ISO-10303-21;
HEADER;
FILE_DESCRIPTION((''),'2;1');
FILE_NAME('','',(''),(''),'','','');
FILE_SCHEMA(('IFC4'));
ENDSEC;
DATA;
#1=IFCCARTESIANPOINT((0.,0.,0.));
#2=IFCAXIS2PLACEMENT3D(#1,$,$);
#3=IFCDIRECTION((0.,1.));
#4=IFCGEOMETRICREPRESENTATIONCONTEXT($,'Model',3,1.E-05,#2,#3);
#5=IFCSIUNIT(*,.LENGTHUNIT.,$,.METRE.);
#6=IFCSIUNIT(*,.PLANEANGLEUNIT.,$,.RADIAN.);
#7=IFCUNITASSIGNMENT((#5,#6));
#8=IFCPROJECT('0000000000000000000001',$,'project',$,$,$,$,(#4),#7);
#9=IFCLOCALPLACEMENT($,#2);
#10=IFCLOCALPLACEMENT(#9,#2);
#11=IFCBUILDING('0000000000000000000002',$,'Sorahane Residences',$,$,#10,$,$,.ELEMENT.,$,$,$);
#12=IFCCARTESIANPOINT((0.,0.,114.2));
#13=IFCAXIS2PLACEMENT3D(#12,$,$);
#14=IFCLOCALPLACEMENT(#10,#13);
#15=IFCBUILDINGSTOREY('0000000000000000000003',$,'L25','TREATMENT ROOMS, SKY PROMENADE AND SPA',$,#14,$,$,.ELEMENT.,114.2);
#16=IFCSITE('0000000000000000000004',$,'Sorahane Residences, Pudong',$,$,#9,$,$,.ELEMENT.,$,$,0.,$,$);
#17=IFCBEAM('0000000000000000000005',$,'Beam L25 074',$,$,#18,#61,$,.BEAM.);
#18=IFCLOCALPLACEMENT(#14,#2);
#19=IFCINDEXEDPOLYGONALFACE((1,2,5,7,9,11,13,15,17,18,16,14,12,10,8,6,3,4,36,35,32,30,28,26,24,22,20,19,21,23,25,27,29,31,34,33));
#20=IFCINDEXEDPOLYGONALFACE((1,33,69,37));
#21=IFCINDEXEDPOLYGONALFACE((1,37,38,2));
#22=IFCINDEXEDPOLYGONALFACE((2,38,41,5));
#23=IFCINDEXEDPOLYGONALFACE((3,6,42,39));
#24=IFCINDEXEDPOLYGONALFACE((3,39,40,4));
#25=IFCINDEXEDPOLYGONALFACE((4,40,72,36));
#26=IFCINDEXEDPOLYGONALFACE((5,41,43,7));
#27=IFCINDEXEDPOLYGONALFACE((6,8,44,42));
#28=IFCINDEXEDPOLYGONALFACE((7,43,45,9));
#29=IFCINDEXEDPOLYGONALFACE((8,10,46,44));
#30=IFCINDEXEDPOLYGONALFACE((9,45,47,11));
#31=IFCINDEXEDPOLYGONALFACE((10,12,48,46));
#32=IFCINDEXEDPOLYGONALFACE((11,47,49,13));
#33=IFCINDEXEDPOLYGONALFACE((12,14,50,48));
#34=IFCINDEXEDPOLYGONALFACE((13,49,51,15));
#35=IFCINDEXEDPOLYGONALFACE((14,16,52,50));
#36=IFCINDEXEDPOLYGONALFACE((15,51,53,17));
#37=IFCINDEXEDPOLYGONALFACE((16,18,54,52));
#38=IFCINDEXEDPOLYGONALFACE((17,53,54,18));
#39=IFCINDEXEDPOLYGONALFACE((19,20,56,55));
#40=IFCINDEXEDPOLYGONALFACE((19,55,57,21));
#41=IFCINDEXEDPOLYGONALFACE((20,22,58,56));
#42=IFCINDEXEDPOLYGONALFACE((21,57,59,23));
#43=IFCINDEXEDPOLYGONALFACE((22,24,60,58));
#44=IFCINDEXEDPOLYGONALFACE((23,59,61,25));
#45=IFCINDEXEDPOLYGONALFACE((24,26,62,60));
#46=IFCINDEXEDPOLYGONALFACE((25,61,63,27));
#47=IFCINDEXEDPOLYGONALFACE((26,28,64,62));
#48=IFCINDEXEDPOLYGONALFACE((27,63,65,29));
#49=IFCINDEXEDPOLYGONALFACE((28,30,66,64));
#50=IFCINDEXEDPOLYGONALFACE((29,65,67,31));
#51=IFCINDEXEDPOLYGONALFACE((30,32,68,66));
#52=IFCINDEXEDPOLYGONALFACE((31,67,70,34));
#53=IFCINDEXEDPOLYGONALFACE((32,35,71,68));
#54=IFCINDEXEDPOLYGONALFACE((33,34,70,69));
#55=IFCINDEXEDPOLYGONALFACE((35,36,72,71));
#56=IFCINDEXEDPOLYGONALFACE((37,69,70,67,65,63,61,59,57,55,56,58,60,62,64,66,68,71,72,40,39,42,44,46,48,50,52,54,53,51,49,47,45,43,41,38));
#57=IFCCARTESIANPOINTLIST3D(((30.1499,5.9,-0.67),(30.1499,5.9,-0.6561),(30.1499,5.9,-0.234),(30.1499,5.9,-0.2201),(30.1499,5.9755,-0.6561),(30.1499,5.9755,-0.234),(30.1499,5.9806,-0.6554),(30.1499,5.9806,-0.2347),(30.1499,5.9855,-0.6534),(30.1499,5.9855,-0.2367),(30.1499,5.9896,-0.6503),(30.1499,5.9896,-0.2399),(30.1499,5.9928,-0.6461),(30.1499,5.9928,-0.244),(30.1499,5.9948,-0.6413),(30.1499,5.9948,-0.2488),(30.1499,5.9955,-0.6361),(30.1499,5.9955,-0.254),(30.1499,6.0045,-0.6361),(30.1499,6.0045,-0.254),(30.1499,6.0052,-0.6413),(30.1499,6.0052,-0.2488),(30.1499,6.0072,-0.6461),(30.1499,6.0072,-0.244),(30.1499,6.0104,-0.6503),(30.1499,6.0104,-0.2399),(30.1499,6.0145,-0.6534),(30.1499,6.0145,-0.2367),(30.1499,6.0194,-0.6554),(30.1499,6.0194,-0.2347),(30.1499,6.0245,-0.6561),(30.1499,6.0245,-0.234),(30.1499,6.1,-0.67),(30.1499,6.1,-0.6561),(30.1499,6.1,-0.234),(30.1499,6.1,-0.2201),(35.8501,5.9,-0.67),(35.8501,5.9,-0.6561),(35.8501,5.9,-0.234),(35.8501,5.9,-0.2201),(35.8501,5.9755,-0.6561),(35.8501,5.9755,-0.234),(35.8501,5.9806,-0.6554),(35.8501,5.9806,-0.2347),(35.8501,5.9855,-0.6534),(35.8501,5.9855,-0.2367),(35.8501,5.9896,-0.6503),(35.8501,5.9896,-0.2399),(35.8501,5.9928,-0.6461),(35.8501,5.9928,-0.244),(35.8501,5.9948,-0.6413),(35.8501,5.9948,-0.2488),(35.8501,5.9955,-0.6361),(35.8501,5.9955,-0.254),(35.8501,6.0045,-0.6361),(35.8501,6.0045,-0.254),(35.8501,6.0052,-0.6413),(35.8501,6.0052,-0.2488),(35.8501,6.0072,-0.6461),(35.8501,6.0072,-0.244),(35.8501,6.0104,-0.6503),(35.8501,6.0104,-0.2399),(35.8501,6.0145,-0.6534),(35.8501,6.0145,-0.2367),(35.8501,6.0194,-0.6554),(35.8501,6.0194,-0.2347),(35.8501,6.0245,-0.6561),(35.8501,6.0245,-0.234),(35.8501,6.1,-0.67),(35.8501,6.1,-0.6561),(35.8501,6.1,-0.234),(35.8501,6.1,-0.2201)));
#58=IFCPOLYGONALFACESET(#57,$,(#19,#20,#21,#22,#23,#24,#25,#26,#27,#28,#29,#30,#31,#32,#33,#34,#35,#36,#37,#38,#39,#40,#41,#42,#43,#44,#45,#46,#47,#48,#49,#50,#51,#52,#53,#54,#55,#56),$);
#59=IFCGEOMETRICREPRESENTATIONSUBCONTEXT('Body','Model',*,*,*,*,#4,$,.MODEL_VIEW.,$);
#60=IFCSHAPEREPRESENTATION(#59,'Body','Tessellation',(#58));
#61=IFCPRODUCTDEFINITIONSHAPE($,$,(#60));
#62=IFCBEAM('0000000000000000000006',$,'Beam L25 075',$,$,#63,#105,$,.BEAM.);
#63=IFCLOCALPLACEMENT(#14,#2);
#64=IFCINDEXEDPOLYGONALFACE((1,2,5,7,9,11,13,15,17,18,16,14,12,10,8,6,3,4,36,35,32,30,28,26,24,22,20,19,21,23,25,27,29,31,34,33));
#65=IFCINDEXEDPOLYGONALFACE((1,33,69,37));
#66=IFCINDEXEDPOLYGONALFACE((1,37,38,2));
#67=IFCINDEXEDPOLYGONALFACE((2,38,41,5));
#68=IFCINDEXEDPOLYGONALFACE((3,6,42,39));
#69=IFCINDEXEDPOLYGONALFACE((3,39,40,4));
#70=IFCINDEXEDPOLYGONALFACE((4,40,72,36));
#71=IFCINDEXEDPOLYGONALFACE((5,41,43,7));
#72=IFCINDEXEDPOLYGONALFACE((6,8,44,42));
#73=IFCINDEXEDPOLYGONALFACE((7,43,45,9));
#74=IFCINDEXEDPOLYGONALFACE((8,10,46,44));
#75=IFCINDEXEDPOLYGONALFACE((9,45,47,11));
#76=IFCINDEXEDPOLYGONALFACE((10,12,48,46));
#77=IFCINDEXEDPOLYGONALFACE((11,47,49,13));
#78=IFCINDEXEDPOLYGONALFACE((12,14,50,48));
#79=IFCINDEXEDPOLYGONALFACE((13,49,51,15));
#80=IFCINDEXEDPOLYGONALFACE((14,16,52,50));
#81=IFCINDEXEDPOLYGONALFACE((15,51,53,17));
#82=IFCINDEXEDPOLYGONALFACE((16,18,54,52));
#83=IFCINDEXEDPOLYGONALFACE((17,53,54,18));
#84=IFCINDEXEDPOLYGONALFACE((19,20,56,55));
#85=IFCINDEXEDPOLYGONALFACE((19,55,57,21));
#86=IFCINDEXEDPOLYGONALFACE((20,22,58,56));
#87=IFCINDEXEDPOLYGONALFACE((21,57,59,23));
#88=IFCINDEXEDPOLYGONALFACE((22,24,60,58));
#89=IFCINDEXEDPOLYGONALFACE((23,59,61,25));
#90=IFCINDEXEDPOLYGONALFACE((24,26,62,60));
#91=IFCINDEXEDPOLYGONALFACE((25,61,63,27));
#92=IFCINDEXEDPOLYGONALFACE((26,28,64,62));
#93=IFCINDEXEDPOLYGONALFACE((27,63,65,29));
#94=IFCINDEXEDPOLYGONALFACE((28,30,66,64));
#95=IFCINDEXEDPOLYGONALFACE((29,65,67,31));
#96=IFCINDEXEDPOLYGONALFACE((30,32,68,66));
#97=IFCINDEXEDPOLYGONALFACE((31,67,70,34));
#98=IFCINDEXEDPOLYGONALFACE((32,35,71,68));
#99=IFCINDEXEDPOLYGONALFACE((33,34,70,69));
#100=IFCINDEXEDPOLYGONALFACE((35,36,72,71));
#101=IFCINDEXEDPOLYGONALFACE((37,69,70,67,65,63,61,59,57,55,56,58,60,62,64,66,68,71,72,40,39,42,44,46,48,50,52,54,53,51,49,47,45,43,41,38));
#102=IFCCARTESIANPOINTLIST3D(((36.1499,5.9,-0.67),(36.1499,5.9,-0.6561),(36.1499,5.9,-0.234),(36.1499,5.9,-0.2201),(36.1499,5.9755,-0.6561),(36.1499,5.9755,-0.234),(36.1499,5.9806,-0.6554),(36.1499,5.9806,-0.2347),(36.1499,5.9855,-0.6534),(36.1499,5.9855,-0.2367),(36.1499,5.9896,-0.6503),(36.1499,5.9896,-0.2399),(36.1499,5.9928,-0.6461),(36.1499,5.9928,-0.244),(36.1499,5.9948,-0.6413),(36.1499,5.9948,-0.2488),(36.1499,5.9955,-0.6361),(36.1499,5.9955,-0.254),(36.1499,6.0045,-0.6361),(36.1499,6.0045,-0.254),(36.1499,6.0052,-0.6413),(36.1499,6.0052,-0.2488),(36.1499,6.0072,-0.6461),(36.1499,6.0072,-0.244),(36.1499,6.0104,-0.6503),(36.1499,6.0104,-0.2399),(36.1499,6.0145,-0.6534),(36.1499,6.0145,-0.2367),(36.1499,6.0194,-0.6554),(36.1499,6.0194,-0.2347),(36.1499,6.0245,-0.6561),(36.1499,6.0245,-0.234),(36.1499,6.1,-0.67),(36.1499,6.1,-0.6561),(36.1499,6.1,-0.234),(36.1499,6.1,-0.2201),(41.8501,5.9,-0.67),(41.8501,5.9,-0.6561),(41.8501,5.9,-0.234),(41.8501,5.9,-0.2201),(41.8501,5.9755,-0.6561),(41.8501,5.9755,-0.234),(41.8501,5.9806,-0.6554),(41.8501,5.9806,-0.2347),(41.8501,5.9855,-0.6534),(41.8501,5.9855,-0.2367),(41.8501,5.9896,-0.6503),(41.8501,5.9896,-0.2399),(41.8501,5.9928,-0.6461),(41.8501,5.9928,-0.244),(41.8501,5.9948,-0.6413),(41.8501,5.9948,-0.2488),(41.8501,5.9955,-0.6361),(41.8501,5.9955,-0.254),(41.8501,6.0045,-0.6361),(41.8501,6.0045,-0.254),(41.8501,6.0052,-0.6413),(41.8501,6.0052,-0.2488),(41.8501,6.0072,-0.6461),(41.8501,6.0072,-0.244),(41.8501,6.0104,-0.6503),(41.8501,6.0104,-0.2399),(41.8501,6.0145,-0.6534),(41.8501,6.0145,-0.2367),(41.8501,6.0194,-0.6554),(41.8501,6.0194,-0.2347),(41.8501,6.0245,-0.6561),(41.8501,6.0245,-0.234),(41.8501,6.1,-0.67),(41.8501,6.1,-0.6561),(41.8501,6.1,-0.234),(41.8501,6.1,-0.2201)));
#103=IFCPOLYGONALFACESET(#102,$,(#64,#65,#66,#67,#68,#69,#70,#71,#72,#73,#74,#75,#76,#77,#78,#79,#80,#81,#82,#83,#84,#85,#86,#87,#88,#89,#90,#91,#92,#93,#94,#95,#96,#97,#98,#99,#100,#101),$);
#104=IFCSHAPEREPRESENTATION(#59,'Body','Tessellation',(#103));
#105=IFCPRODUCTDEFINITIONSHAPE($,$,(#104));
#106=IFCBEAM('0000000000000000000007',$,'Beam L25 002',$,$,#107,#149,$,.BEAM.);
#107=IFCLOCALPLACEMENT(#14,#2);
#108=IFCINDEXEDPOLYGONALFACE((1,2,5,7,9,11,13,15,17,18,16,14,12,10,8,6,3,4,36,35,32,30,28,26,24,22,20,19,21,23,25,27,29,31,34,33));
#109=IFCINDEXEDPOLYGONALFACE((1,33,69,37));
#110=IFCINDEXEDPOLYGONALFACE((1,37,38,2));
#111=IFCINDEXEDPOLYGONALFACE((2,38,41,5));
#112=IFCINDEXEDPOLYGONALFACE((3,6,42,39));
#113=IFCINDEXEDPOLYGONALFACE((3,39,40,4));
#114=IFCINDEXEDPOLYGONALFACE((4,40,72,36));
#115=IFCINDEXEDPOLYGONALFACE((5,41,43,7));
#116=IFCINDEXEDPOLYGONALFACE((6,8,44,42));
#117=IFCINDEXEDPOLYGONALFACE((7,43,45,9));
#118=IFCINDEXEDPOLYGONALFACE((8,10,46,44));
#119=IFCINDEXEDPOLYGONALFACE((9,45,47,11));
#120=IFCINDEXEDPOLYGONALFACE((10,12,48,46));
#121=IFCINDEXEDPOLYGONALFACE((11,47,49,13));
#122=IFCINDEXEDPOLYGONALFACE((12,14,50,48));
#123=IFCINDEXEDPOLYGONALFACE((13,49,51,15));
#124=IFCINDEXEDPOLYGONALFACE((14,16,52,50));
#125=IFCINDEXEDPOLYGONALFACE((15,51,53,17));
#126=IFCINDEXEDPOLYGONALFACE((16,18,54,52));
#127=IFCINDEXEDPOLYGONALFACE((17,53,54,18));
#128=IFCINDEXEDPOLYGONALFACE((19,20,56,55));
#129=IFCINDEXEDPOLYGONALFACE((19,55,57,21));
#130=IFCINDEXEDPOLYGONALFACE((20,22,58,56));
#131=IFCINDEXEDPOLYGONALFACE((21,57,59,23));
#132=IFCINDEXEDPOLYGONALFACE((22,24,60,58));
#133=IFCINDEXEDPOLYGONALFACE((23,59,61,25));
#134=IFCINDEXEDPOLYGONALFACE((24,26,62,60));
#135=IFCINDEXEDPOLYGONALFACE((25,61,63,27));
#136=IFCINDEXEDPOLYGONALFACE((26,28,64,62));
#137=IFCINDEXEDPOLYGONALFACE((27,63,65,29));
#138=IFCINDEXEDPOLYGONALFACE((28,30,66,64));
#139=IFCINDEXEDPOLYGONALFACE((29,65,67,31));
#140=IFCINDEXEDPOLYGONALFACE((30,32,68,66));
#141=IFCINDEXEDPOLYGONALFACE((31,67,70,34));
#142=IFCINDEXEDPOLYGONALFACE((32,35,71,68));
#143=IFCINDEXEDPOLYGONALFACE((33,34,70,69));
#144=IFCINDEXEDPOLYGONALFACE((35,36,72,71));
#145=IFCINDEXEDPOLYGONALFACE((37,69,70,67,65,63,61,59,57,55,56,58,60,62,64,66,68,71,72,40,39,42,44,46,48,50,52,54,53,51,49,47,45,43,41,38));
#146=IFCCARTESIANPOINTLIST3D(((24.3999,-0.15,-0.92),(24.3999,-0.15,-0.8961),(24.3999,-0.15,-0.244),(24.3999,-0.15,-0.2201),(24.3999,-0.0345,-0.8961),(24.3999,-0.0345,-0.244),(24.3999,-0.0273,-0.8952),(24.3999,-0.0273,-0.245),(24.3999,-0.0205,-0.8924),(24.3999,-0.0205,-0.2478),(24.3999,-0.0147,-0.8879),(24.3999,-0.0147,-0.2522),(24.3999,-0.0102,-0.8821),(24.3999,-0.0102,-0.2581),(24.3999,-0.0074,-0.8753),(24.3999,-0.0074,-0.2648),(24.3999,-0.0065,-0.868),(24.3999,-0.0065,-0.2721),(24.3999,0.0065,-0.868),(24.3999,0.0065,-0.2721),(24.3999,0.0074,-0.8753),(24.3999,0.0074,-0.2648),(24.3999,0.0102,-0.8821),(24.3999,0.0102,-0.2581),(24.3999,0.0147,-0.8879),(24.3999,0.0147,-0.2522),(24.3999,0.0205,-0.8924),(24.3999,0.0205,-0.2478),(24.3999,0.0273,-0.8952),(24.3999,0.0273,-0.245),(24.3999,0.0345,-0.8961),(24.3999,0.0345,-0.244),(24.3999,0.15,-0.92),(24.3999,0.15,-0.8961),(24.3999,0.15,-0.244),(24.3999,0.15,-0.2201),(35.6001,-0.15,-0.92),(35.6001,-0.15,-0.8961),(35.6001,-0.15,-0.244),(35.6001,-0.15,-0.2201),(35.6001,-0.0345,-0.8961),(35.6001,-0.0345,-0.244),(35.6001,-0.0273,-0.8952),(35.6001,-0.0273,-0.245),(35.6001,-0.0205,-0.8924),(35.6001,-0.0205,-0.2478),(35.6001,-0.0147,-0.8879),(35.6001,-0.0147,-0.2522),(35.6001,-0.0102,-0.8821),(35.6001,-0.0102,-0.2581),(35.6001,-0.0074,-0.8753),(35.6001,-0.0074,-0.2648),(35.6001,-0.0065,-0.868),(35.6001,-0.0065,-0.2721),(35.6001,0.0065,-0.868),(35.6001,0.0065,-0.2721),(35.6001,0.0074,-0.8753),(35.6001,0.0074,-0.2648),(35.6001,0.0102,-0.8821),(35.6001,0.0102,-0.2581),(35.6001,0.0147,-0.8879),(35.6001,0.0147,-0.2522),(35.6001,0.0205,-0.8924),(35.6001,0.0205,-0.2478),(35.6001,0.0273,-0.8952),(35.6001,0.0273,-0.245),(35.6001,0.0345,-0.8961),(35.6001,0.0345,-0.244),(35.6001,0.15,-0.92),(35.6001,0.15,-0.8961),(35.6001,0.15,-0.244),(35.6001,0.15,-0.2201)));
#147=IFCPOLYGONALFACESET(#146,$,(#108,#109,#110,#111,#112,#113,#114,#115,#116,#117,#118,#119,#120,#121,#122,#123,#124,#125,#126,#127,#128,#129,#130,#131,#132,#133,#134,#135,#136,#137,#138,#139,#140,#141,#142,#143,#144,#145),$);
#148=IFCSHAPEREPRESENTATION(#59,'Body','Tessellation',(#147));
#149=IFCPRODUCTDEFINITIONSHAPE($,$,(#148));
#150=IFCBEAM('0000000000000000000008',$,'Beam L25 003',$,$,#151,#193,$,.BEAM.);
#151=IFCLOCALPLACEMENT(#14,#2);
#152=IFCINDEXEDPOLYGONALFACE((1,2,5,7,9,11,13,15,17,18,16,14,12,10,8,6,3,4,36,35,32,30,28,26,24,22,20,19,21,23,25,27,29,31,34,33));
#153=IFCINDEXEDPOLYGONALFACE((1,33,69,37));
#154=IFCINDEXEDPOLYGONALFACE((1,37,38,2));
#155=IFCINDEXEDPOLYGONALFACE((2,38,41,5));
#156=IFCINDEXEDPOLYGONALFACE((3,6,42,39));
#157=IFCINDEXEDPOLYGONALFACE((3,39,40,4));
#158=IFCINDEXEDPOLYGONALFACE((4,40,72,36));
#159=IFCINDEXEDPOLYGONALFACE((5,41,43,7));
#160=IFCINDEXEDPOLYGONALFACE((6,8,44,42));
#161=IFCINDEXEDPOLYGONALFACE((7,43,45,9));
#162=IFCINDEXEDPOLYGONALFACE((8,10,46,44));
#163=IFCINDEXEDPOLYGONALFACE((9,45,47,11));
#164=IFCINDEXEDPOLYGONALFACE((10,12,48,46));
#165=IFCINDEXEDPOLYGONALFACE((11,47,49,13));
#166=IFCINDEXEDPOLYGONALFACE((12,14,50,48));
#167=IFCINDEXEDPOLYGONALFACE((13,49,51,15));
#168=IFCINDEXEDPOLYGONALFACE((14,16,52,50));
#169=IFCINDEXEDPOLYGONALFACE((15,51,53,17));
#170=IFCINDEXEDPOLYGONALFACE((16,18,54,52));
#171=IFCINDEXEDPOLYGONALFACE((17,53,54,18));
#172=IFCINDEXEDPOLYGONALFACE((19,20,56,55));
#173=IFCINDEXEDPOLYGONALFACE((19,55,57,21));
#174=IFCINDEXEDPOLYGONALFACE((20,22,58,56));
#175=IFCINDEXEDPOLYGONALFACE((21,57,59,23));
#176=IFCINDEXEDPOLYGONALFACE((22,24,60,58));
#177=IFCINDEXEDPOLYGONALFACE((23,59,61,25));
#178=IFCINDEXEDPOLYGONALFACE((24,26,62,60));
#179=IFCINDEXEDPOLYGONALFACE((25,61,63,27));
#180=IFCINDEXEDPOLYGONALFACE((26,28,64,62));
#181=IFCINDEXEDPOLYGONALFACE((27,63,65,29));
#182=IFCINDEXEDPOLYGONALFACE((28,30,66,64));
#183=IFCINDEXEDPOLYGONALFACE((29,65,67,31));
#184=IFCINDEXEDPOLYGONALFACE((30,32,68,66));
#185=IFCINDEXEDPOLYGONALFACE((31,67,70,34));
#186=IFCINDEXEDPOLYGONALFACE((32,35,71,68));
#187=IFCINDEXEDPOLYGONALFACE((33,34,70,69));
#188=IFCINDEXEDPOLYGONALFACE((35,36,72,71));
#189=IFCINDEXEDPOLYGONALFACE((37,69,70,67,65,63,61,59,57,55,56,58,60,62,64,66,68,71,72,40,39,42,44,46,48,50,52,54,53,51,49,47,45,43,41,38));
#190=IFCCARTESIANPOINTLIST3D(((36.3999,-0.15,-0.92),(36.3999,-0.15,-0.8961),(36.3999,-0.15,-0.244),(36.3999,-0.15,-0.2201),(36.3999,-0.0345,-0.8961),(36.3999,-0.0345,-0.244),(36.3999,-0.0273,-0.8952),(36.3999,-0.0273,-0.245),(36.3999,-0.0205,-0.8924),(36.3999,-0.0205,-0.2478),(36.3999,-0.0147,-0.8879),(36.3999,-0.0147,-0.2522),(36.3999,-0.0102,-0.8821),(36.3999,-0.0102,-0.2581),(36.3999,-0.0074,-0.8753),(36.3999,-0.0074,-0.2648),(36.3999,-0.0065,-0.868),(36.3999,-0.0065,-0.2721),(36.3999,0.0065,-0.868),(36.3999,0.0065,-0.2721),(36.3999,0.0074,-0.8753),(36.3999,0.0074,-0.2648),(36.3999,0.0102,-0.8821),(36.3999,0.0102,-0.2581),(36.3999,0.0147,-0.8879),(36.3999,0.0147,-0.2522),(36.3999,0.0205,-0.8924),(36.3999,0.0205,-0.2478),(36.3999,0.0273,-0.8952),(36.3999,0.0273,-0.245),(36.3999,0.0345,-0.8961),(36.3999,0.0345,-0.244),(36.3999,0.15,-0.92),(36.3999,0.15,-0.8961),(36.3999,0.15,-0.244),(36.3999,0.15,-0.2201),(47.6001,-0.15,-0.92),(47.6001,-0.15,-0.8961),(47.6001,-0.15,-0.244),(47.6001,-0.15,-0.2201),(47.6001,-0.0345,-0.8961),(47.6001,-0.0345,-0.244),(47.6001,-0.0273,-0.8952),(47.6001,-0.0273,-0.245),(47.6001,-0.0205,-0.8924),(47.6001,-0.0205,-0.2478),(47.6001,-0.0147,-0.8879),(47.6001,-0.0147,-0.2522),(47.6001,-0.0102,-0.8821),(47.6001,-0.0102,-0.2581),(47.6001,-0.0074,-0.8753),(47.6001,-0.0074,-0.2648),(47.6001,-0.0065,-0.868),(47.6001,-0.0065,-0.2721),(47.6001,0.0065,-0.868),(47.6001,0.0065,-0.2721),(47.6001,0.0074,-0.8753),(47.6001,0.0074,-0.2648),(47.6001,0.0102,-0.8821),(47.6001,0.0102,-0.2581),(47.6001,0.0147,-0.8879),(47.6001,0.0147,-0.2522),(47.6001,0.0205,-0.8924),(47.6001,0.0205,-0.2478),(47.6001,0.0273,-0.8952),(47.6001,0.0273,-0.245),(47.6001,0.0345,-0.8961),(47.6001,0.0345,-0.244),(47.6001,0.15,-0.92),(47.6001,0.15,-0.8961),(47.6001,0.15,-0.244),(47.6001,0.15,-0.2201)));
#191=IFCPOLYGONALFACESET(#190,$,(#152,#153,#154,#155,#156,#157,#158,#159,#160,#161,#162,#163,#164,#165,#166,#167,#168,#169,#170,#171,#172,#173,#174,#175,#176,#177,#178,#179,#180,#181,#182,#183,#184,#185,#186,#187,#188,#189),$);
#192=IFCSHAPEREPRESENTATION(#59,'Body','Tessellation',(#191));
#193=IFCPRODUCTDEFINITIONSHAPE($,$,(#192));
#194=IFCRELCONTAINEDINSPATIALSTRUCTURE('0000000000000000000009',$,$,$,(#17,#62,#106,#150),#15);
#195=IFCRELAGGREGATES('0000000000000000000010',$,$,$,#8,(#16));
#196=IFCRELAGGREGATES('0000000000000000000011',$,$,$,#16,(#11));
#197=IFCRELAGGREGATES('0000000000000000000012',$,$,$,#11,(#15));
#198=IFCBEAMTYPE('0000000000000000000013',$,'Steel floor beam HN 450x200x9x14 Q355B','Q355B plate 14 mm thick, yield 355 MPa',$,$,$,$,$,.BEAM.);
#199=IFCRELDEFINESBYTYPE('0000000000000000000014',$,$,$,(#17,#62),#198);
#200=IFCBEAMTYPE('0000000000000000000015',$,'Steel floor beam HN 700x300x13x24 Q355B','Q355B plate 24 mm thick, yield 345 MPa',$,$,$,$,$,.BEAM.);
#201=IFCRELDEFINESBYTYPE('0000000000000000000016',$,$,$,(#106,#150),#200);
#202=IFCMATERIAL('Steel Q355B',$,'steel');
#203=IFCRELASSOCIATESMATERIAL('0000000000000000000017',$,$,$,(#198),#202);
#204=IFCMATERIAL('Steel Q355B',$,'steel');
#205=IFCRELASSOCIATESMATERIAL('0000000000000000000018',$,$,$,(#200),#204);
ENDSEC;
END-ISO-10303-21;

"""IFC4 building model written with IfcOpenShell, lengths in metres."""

from ifc_helpers import new_model, si_unit, direction, frame, origin, origin_2d, place, context, subcontext, project, spatial, i_section, extrude, material, material_profile, profile_set, type_object, element, save


model = new_model("IFC4")

# Units and contexts
model_context = context("Model", 3, precision=1e-05, world=origin(), true_north=direction((0.0, 1.0)))
body_context = subcontext(model_context, "Body", "Model", "MODEL_VIEW")
ifc_project = project(units=[si_unit("LENGTHUNIT", "METRE"), si_unit("PLANEANGLEUNIT", "RADIAN")], contexts=[model_context])

# Site, building, storey
site_placement = place(None, origin())
site = spatial("IfcSite", under=ifc_project, at=site_placement, Name="Sorahane Residences, Pudong", CompositionType="ELEMENT", RefElevation=0.0)
building_placement = place(site_placement, origin())
building = spatial("IfcBuilding", under=site, at=building_placement, Name="Sorahane Residences", CompositionType="ELEMENT")
storey_placement = place(building_placement, frame((0.0, 0.0, 114.2)))
storey = spatial("IfcBuildingStorey", under=building, at=storey_placement, Name="L25", Description="TREATMENT ROOMS, SKY PROMENADE AND SPA", CompositionType="ELEMENT", Elevation=114.2)

# Beams
ifc_material_1 = material(Name="Steel Q355B", Category="steel")
ifc_material_profile_1 = material_profile(ifc_material_1, i_section(OverallWidth=0.2, OverallDepth=0.45, WebThickness=0.009, FlangeThickness=0.0139, FilletRadius=0.02, at=origin_2d()), Name="HN 450x200x9x14")
ifc_profile_set_1 = profile_set([ifc_material_profile_1], Name="Steel Q355B")
beam_type_1 = type_object("IfcBeamType", Name="Steel floor beam HN 450x200x9x14 Q355B", Description="Q355B plate 14 mm thick, yield 355 MPa", PredefinedType="BEAM", material=ifc_profile_set_1)
for number, where, z_axis, x_axis, name in (
    (1, (30.1499, 6.0, -0.4451), (1.0, 0.0, 0.0), (0.0, 1.0, 0.0), "Beam L25 074"),
    (2, (36.1499, 6.0, -0.4451), (1.0, 0.0, 0.0), (0.0, 1.0, 0.0), "Beam L25 075"),
):
    element("IfcBeam", number, at=place(storey_placement, frame(where, z_axis=z_axis, x_axis=x_axis)), inside=storey, type_object=beam_type_1, Name=name, PredefinedType="BEAM", context=body_context, shape_type="SweptSolid", body=[
        extrude(i_section(OverallWidth=0.2, OverallDepth=0.45, WebThickness=0.009, FlangeThickness=0.0139, FilletRadius=0.02, at=origin_2d()), origin(), (0.0, 0.0, 1.0), 5.7002),
    ])
ifc_material_2 = material(Name="Steel Q355B", Category="steel")
ifc_material_profile_2 = material_profile(ifc_material_2, i_section(OverallWidth=0.3, OverallDepth=0.7, WebThickness=0.0129, FlangeThickness=0.0239, FilletRadius=0.0281, at=origin_2d()), Name="HN 700x300x13x24")
ifc_profile_set_2 = profile_set([ifc_material_profile_2], Name="Steel Q355B")
beam_type_2 = type_object("IfcBeamType", Name="Steel floor beam HN 700x300x13x24 Q355B", Description="Q355B plate 24 mm thick, yield 345 MPa", PredefinedType="BEAM", material=ifc_profile_set_2)
for number, where, z_axis, x_axis, name in (
    (3, (24.3999, 0.0, -0.5701), (1.0, 0.0, 0.0), (0.0, 1.0, 0.0), "Beam L25 002"),
    (4, (36.3999, 0.0, -0.5701), (1.0, 0.0, 0.0), (0.0, 1.0, 0.0), "Beam L25 003"),
):
    element("IfcBeam", number, at=place(storey_placement, frame(where, z_axis=z_axis, x_axis=x_axis)), inside=storey, type_object=beam_type_2, Name=name, PredefinedType="BEAM", context=body_context, shape_type="SweptSolid", body=[
        extrude(i_section(OverallWidth=0.3, OverallDepth=0.7, WebThickness=0.0129, FlangeThickness=0.0239, FilletRadius=0.0281, at=origin_2d()), origin(), (0.0, 0.0, 1.0), 11.2002),
    ])

save(model, "model.ifc")
